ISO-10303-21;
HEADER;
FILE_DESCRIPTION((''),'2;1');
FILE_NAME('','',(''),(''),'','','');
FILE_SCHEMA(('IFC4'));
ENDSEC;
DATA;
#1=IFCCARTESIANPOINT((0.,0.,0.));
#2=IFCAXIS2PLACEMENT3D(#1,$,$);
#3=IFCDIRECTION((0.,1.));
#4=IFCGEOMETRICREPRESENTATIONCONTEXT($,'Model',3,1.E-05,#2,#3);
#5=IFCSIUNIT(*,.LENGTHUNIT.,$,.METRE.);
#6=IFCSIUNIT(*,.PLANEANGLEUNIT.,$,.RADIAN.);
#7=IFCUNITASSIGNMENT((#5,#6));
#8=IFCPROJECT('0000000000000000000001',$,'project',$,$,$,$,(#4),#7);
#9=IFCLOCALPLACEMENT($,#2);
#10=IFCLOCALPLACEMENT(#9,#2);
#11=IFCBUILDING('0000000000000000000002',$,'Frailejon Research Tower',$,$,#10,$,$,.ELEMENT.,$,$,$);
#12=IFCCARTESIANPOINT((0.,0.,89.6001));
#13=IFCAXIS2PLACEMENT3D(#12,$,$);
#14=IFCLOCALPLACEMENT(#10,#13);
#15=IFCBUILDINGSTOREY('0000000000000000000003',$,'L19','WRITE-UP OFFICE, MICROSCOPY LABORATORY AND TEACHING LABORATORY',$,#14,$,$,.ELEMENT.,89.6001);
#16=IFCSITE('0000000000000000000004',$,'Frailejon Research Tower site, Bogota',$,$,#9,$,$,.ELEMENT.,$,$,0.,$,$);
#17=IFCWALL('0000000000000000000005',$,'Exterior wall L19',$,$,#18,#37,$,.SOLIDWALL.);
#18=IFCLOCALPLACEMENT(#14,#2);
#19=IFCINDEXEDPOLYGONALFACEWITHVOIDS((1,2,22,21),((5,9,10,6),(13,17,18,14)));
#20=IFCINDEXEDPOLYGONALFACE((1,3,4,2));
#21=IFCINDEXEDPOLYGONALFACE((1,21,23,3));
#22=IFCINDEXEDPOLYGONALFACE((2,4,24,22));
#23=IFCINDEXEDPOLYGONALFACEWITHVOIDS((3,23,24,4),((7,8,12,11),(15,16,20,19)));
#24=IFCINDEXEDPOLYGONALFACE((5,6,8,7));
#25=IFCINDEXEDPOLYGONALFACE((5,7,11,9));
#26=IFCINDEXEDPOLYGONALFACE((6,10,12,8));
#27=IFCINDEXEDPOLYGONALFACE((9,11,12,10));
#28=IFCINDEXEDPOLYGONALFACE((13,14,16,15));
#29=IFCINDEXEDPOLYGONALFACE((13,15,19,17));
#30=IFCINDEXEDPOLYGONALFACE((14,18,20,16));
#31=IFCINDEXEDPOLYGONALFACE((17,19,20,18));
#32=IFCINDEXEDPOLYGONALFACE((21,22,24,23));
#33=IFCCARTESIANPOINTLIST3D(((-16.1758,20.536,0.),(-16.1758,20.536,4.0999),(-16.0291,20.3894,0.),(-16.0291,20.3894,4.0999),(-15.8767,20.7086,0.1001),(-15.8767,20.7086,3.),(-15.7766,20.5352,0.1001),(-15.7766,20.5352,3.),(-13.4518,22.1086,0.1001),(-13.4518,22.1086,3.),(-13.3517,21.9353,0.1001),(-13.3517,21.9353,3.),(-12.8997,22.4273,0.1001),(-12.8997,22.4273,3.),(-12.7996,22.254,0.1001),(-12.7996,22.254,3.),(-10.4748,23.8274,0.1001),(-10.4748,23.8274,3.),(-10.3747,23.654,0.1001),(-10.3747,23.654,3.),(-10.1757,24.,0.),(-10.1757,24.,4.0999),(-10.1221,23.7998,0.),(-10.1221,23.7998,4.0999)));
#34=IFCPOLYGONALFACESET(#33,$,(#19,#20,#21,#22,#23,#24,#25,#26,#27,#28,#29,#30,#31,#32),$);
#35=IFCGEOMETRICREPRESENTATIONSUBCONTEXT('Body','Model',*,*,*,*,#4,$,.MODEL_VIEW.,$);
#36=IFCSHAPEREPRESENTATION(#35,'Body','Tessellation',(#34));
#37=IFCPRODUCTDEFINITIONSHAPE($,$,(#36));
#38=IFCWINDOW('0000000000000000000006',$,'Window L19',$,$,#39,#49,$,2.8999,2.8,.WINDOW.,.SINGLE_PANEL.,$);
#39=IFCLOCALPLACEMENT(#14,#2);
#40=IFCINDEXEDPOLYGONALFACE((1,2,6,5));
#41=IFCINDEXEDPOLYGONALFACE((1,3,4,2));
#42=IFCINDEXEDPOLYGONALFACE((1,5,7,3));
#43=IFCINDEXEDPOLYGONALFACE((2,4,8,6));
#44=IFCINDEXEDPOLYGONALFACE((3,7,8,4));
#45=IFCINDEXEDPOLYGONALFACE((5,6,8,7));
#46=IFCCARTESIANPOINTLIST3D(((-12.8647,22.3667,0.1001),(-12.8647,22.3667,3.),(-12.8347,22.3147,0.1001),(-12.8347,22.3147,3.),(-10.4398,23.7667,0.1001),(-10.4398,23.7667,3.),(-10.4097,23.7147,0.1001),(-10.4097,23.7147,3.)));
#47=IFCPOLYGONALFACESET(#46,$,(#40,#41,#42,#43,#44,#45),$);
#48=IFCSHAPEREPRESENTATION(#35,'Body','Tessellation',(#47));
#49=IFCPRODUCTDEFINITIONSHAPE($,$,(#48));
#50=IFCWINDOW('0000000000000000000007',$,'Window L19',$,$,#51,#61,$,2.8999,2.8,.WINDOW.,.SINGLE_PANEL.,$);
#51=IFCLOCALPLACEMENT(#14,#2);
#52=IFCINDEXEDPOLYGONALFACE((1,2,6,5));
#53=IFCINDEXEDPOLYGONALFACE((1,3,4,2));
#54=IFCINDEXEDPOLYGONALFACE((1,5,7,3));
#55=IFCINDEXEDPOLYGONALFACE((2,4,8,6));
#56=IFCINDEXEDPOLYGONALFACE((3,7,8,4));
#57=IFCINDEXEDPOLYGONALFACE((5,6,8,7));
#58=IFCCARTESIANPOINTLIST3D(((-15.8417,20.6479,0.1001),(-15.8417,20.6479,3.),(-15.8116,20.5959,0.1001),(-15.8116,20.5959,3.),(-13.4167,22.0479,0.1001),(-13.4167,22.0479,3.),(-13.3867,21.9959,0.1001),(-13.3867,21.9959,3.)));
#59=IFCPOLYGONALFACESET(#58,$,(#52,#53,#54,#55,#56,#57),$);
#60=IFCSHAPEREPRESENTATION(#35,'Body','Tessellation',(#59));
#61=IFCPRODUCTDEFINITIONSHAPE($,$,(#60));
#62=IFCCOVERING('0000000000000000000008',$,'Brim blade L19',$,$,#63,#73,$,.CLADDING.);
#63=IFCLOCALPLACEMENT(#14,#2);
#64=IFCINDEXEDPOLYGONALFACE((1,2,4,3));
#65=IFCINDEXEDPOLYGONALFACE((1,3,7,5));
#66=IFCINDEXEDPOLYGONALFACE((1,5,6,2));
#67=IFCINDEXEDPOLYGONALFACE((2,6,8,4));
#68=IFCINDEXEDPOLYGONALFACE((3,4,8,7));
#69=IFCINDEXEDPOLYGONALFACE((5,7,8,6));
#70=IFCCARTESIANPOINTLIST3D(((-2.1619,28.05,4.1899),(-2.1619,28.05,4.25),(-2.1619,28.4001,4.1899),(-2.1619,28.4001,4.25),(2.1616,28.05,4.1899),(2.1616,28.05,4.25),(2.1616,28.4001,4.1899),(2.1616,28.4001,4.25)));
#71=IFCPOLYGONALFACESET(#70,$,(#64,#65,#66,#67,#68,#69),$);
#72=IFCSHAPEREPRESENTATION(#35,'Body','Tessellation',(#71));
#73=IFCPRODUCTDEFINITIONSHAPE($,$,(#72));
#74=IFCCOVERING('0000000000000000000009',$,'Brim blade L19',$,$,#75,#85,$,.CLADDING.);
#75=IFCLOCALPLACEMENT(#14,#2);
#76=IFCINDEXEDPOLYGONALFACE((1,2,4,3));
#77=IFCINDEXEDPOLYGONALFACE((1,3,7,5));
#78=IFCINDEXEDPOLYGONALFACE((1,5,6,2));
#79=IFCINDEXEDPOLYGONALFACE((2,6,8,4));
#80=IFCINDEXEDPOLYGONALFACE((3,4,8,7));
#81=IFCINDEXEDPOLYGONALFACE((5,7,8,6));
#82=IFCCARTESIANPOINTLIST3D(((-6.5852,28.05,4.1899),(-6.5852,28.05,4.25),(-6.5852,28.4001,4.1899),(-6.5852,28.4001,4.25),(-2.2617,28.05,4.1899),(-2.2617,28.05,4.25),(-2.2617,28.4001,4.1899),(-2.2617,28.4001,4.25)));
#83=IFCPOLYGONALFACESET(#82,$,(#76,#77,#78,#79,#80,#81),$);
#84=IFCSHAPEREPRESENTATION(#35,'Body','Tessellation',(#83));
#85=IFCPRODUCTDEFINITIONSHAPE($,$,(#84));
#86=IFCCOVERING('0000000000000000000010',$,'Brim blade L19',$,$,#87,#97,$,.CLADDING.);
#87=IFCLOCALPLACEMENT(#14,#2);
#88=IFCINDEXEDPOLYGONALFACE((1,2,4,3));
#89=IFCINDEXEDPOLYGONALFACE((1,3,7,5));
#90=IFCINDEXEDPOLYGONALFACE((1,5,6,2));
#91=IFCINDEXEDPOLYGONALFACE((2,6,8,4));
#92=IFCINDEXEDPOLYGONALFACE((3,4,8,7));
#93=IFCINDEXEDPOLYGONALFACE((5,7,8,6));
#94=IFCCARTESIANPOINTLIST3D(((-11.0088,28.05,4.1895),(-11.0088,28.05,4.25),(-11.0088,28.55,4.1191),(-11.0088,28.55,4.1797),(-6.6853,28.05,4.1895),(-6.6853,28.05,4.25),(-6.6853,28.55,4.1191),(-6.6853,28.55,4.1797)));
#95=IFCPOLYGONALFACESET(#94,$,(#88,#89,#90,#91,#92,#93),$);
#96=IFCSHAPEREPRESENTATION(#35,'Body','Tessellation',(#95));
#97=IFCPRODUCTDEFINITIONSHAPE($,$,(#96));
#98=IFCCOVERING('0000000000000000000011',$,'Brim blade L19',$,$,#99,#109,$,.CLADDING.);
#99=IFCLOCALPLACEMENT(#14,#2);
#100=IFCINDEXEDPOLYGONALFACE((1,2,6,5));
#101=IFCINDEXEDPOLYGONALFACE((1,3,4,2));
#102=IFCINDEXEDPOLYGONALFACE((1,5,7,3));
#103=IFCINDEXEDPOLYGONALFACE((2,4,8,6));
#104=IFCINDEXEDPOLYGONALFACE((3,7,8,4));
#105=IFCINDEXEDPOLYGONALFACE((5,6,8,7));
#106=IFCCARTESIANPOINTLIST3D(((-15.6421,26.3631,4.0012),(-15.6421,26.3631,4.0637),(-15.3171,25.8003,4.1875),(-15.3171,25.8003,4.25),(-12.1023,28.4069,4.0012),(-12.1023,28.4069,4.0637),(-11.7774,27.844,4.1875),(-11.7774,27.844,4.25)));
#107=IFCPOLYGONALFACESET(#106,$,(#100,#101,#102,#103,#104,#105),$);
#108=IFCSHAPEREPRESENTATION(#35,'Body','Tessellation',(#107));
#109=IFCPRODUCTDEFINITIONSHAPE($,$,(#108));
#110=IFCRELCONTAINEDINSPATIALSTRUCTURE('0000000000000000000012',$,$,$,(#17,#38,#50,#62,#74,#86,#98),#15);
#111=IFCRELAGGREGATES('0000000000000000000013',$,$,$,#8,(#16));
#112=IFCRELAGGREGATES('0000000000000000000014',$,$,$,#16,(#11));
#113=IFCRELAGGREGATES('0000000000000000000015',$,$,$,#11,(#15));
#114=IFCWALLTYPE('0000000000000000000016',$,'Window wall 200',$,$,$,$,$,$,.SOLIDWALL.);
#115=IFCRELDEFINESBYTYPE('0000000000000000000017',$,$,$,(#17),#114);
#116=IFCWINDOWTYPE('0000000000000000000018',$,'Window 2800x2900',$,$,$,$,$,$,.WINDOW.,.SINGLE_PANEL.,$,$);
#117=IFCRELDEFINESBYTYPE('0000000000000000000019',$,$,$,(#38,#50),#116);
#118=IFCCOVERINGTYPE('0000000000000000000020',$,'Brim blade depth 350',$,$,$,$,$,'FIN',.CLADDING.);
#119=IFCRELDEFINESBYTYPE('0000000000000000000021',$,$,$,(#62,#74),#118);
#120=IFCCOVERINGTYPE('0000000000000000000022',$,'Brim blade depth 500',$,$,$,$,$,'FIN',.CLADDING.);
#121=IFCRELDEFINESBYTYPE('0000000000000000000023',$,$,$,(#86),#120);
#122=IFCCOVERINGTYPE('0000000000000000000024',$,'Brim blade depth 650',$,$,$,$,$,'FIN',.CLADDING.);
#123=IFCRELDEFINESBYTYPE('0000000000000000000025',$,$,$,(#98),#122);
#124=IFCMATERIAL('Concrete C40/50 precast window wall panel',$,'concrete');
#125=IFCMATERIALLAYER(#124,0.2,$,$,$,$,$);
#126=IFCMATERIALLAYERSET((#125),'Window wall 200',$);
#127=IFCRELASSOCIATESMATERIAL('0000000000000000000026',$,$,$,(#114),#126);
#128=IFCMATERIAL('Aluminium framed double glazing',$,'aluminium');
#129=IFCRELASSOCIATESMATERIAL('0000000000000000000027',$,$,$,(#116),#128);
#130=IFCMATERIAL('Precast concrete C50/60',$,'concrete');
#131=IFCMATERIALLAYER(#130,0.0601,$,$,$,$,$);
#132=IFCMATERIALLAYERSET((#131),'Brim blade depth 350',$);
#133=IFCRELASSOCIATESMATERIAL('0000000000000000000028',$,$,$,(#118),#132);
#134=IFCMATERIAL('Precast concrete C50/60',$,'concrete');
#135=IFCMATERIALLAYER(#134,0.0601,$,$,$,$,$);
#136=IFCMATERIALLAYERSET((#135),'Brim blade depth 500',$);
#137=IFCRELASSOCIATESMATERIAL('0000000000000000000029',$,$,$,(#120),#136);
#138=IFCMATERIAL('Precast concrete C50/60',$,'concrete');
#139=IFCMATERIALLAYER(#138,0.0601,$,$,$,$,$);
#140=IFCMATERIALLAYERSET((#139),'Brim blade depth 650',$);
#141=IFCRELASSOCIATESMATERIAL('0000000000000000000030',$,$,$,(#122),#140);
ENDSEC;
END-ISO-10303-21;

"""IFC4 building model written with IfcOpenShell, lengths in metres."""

from ifc_helpers import new_model, si_unit, direction, frame, frame_2d, origin, place, context, subcontext, project, spatial, polyline, rectangle, outline, extrude, material, layer, layer_set, type_object, element, fill, save


model = new_model("IFC4")

# Units and contexts
model_context = context("Model", 3, precision=1e-05, world=origin(), true_north=direction((0.0, 1.0)))
body_context = subcontext(model_context, "Body", "Model", "MODEL_VIEW")
ifc_project = project(units=[si_unit("LENGTHUNIT", "METRE"), si_unit("PLANEANGLEUNIT", "RADIAN")], contexts=[model_context])

# Site, building, storey
site_placement = place(None, origin())
site = spatial("IfcSite", under=ifc_project, at=site_placement, Name="Frailejon Research Tower site, Bogota", CompositionType="ELEMENT", RefElevation=0.0)
building_placement = place(site_placement, origin())
building = spatial("IfcBuilding", under=site, at=building_placement, Name="Frailejon Research Tower", CompositionType="ELEMENT")
storey_placement = place(building_placement, frame((0.0, 0.0, 89.6001)))
storey = spatial("IfcBuildingStorey", under=building, at=storey_placement, Name="L19", Description="WRITE-UP OFFICE, MICROSCOPY LABORATORY AND TEACHING LABORATORY", CompositionType="ELEMENT", Elevation=89.6001)

# Wall, openings, windows
ifc_material_1 = material(Name="Concrete C40/50 precast window wall panel", Category="concrete")
ifc_layer_1 = layer(ifc_material_1, 0.2)
ifc_layer_set_1 = layer_set([ifc_layer_1], Name="Window wall 200")
wall_type_1 = type_object("IfcWallType", Name="Window wall 200", PredefinedType="SOLIDWALL", material=ifc_layer_set_1)
wall_1_placement = place(storey_placement, frame((-10.1489, 23.8999, 0.0), z_axis=(0.0, 0.0, 1.0), x_axis=(-0.866029, -0.499993, 0.0)))
wall_1 = element("IfcWall", 1, at=wall_1_placement, inside=storey, type_object=wall_type_1, Name="Exterior wall L19", PredefinedType="SOLIDWALL", context=body_context, shape_type="SweptSolid", body=[
    extrude(outline(polyline([(-0.0269, -0.1001), (1.1279, -0.1001), (2.2825, -0.1001), (3.4373, -0.1001), (4.592, -0.1001), (5.7466, -0.1001), (6.9014, -0.1001), (6.8477, 0.1001), (5.7109, 0.1001), (4.574, 0.1001), (3.4373, 0.1001), (2.3005, 0.1001), (1.1636, 0.1001), (0.0269, 0.1001), (-0.0269, -0.1001)])), origin(), (0.0, 0.0, 1.0), 4.0999),
])
opening_1_placement = place(wall_1_placement, frame((0.3186, 0.0, 0.1001)))
opening_1 = element("IfcOpeningElement", 2, at=opening_1_placement, cuts=wall_1, PredefinedType="OPENING", context=body_context, shape_type="SweptSolid", body=[
    extrude(rectangle(XDim=2.8, YDim=2.8999, at=frame_2d((1.3999, 1.45))), frame((0.0, 0.1099, 0.0), z_axis=(0.0, -1.0, 0.0), x_axis=(1.0, 0.0, 0.0)), (0.0, 0.0, 1.0), 0.22),
])
opening_2_placement = place(wall_1_placement, frame((3.7561, 0.0, 0.1001)))
opening_2 = element("IfcOpeningElement", 3, at=opening_2_placement, cuts=wall_1, PredefinedType="OPENING", context=body_context, shape_type="SweptSolid", body=[
    extrude(rectangle(XDim=2.8, YDim=2.8999, at=frame_2d((1.3999, 1.45))), frame((0.0, 0.1099, 0.0), z_axis=(0.0, -1.0, 0.0), x_axis=(1.0, 0.0, 0.0)), (0.0, 0.0, 1.0), 0.22),
])
ifc_material_2 = material(Name="Aluminium framed double glazing", Category="aluminium")
window_type = type_object("IfcWindowType", Name="Window 2800x2900", PartitioningType="SINGLE_PANEL", PredefinedType="WINDOW", material=ifc_material_2)
window_1_placement = place(opening_1_placement, origin())
window_1 = element("IfcWindow", 4, at=window_1_placement, inside=storey, type_object=window_type, Name="Window L19", OverallHeight=2.8999, OverallWidth=2.8, PartitioningType="SINGLE_PANEL", PredefinedType="WINDOW", context=body_context, shape_type="SweptSolid", body=[
    extrude(rectangle(XDim=2.8, YDim=2.8999, at=frame_2d((1.3999, 1.45))), frame((0.0, 0.03, 0.0), z_axis=(0.0, -1.0, 0.0), x_axis=(1.0, 0.0, 0.0)), (0.0, 0.0, 1.0), 0.0601),
])
fill(opening_1, window_1)
window_2_placement = place(opening_2_placement, origin())
window_2 = element("IfcWindow", 5, at=window_2_placement, inside=storey, type_object=window_type, Name="Window L19", OverallHeight=2.8999, OverallWidth=2.8, PartitioningType="SINGLE_PANEL", PredefinedType="WINDOW", context=body_context, shape_type="SweptSolid", body=[
    extrude(rectangle(XDim=2.8, YDim=2.8999, at=frame_2d((1.3999, 1.45))), frame((0.0, 0.03, 0.0), z_axis=(0.0, -1.0, 0.0), x_axis=(1.0, 0.0, 0.0)), (0.0, 0.0, 1.0), 0.0601),
])
fill(opening_2, window_2)

# Coverings
ifc_material_3 = material(Name="Precast concrete C50/60", Category="concrete")
ifc_layer_2 = layer(ifc_material_3, 0.0601)
ifc_layer_set_2 = layer_set([ifc_layer_2], Name="Brim blade depth 350")
covering_type_1 = type_object("IfcCoveringType", Name="Brim blade depth 350", ElementType="FIN", PredefinedType="CLADDING", material=ifc_layer_set_2)
for number, where, z_axis, x_axis, name in (
    (6, (-2.1619, 28.05, 4.25), (1.0, 0.0, 0.0), (0.0, 1.0, 0.0), "Brim blade L19"),
    (7, (-6.5852, 28.05, 4.25), (1.0, 0.0, 0.0), (0.0, 1.0, 0.0), "Brim blade L19"),
):
    element("IfcCovering", number, at=place(storey_placement, frame(where, z_axis=z_axis, x_axis=x_axis)), inside=storey, type_object=covering_type_1, Name=name, PredefinedType="CLADDING", context=body_context, shape_type="SweptSolid", body=[
        extrude(outline(polyline([(0.0, -0.0601), (0.3501, -0.0601), (0.3501, 0.0), (0.0, 0.0), (0.0, -0.0601)])), origin(), (0.0, 0.0, 1.0), 4.3235),
    ])
ifc_material_4 = material(Name="Precast concrete C50/60", Category="concrete")
ifc_layer_3 = layer(ifc_material_4, 0.0601)
ifc_layer_set_3 = layer_set([ifc_layer_3], Name="Brim blade depth 500")
covering_type_2 = type_object("IfcCoveringType", Name="Brim blade depth 500", ElementType="FIN", PredefinedType="CLADDING", material=ifc_layer_set_3)
covering_1_placement = place(storey_placement, frame((-11.0088, 28.05, 4.25), z_axis=(1.0, 0.0, 0.0), x_axis=(0.0, 1.0, 0.0)))
element("IfcCovering", 8, at=covering_1_placement, inside=storey, type_object=covering_type_2, Name="Brim blade L19", PredefinedType="CLADDING", context=body_context, shape_type="SweptSolid", body=[
    extrude(outline(polyline([(0.0, -0.0605), (0.5, -0.1309), (0.5, -0.0703), (0.0, 0.0), (0.0, -0.0605)])), origin(), (0.0, 0.0, 1.0), 4.3235),
])
ifc_material_5 = material(Name="Precast concrete C50/60", Category="concrete")
ifc_layer_4 = layer(ifc_material_5, 0.0601)
ifc_layer_set_4 = layer_set([ifc_layer_4], Name="Brim blade depth 650")
covering_type_3 = type_object("IfcCoveringType", Name="Brim blade depth 650", ElementType="FIN", PredefinedType="CLADDING", material=ifc_layer_set_4)
covering_2_placement = place(storey_placement, frame((-15.3171, 25.8003, 4.25), z_axis=(0.866021, 0.500007, 0.0), x_axis=(-0.500007, 0.866021, 0.0)))
element("IfcCovering", 9, at=covering_2_placement, inside=storey, type_object=covering_type_3, Name="Brim blade L19", PredefinedType="CLADDING", context=body_context, shape_type="SweptSolid", body=[
    extrude(outline(polyline([(0.0, -0.0625), (0.6499, -0.2488), (0.6499, -0.1863), (0.0, 0.0), (0.0, -0.0625)])), origin(), (0.0, 0.0, 1.0), 4.0874),
])

save(model, "model.ifc")
